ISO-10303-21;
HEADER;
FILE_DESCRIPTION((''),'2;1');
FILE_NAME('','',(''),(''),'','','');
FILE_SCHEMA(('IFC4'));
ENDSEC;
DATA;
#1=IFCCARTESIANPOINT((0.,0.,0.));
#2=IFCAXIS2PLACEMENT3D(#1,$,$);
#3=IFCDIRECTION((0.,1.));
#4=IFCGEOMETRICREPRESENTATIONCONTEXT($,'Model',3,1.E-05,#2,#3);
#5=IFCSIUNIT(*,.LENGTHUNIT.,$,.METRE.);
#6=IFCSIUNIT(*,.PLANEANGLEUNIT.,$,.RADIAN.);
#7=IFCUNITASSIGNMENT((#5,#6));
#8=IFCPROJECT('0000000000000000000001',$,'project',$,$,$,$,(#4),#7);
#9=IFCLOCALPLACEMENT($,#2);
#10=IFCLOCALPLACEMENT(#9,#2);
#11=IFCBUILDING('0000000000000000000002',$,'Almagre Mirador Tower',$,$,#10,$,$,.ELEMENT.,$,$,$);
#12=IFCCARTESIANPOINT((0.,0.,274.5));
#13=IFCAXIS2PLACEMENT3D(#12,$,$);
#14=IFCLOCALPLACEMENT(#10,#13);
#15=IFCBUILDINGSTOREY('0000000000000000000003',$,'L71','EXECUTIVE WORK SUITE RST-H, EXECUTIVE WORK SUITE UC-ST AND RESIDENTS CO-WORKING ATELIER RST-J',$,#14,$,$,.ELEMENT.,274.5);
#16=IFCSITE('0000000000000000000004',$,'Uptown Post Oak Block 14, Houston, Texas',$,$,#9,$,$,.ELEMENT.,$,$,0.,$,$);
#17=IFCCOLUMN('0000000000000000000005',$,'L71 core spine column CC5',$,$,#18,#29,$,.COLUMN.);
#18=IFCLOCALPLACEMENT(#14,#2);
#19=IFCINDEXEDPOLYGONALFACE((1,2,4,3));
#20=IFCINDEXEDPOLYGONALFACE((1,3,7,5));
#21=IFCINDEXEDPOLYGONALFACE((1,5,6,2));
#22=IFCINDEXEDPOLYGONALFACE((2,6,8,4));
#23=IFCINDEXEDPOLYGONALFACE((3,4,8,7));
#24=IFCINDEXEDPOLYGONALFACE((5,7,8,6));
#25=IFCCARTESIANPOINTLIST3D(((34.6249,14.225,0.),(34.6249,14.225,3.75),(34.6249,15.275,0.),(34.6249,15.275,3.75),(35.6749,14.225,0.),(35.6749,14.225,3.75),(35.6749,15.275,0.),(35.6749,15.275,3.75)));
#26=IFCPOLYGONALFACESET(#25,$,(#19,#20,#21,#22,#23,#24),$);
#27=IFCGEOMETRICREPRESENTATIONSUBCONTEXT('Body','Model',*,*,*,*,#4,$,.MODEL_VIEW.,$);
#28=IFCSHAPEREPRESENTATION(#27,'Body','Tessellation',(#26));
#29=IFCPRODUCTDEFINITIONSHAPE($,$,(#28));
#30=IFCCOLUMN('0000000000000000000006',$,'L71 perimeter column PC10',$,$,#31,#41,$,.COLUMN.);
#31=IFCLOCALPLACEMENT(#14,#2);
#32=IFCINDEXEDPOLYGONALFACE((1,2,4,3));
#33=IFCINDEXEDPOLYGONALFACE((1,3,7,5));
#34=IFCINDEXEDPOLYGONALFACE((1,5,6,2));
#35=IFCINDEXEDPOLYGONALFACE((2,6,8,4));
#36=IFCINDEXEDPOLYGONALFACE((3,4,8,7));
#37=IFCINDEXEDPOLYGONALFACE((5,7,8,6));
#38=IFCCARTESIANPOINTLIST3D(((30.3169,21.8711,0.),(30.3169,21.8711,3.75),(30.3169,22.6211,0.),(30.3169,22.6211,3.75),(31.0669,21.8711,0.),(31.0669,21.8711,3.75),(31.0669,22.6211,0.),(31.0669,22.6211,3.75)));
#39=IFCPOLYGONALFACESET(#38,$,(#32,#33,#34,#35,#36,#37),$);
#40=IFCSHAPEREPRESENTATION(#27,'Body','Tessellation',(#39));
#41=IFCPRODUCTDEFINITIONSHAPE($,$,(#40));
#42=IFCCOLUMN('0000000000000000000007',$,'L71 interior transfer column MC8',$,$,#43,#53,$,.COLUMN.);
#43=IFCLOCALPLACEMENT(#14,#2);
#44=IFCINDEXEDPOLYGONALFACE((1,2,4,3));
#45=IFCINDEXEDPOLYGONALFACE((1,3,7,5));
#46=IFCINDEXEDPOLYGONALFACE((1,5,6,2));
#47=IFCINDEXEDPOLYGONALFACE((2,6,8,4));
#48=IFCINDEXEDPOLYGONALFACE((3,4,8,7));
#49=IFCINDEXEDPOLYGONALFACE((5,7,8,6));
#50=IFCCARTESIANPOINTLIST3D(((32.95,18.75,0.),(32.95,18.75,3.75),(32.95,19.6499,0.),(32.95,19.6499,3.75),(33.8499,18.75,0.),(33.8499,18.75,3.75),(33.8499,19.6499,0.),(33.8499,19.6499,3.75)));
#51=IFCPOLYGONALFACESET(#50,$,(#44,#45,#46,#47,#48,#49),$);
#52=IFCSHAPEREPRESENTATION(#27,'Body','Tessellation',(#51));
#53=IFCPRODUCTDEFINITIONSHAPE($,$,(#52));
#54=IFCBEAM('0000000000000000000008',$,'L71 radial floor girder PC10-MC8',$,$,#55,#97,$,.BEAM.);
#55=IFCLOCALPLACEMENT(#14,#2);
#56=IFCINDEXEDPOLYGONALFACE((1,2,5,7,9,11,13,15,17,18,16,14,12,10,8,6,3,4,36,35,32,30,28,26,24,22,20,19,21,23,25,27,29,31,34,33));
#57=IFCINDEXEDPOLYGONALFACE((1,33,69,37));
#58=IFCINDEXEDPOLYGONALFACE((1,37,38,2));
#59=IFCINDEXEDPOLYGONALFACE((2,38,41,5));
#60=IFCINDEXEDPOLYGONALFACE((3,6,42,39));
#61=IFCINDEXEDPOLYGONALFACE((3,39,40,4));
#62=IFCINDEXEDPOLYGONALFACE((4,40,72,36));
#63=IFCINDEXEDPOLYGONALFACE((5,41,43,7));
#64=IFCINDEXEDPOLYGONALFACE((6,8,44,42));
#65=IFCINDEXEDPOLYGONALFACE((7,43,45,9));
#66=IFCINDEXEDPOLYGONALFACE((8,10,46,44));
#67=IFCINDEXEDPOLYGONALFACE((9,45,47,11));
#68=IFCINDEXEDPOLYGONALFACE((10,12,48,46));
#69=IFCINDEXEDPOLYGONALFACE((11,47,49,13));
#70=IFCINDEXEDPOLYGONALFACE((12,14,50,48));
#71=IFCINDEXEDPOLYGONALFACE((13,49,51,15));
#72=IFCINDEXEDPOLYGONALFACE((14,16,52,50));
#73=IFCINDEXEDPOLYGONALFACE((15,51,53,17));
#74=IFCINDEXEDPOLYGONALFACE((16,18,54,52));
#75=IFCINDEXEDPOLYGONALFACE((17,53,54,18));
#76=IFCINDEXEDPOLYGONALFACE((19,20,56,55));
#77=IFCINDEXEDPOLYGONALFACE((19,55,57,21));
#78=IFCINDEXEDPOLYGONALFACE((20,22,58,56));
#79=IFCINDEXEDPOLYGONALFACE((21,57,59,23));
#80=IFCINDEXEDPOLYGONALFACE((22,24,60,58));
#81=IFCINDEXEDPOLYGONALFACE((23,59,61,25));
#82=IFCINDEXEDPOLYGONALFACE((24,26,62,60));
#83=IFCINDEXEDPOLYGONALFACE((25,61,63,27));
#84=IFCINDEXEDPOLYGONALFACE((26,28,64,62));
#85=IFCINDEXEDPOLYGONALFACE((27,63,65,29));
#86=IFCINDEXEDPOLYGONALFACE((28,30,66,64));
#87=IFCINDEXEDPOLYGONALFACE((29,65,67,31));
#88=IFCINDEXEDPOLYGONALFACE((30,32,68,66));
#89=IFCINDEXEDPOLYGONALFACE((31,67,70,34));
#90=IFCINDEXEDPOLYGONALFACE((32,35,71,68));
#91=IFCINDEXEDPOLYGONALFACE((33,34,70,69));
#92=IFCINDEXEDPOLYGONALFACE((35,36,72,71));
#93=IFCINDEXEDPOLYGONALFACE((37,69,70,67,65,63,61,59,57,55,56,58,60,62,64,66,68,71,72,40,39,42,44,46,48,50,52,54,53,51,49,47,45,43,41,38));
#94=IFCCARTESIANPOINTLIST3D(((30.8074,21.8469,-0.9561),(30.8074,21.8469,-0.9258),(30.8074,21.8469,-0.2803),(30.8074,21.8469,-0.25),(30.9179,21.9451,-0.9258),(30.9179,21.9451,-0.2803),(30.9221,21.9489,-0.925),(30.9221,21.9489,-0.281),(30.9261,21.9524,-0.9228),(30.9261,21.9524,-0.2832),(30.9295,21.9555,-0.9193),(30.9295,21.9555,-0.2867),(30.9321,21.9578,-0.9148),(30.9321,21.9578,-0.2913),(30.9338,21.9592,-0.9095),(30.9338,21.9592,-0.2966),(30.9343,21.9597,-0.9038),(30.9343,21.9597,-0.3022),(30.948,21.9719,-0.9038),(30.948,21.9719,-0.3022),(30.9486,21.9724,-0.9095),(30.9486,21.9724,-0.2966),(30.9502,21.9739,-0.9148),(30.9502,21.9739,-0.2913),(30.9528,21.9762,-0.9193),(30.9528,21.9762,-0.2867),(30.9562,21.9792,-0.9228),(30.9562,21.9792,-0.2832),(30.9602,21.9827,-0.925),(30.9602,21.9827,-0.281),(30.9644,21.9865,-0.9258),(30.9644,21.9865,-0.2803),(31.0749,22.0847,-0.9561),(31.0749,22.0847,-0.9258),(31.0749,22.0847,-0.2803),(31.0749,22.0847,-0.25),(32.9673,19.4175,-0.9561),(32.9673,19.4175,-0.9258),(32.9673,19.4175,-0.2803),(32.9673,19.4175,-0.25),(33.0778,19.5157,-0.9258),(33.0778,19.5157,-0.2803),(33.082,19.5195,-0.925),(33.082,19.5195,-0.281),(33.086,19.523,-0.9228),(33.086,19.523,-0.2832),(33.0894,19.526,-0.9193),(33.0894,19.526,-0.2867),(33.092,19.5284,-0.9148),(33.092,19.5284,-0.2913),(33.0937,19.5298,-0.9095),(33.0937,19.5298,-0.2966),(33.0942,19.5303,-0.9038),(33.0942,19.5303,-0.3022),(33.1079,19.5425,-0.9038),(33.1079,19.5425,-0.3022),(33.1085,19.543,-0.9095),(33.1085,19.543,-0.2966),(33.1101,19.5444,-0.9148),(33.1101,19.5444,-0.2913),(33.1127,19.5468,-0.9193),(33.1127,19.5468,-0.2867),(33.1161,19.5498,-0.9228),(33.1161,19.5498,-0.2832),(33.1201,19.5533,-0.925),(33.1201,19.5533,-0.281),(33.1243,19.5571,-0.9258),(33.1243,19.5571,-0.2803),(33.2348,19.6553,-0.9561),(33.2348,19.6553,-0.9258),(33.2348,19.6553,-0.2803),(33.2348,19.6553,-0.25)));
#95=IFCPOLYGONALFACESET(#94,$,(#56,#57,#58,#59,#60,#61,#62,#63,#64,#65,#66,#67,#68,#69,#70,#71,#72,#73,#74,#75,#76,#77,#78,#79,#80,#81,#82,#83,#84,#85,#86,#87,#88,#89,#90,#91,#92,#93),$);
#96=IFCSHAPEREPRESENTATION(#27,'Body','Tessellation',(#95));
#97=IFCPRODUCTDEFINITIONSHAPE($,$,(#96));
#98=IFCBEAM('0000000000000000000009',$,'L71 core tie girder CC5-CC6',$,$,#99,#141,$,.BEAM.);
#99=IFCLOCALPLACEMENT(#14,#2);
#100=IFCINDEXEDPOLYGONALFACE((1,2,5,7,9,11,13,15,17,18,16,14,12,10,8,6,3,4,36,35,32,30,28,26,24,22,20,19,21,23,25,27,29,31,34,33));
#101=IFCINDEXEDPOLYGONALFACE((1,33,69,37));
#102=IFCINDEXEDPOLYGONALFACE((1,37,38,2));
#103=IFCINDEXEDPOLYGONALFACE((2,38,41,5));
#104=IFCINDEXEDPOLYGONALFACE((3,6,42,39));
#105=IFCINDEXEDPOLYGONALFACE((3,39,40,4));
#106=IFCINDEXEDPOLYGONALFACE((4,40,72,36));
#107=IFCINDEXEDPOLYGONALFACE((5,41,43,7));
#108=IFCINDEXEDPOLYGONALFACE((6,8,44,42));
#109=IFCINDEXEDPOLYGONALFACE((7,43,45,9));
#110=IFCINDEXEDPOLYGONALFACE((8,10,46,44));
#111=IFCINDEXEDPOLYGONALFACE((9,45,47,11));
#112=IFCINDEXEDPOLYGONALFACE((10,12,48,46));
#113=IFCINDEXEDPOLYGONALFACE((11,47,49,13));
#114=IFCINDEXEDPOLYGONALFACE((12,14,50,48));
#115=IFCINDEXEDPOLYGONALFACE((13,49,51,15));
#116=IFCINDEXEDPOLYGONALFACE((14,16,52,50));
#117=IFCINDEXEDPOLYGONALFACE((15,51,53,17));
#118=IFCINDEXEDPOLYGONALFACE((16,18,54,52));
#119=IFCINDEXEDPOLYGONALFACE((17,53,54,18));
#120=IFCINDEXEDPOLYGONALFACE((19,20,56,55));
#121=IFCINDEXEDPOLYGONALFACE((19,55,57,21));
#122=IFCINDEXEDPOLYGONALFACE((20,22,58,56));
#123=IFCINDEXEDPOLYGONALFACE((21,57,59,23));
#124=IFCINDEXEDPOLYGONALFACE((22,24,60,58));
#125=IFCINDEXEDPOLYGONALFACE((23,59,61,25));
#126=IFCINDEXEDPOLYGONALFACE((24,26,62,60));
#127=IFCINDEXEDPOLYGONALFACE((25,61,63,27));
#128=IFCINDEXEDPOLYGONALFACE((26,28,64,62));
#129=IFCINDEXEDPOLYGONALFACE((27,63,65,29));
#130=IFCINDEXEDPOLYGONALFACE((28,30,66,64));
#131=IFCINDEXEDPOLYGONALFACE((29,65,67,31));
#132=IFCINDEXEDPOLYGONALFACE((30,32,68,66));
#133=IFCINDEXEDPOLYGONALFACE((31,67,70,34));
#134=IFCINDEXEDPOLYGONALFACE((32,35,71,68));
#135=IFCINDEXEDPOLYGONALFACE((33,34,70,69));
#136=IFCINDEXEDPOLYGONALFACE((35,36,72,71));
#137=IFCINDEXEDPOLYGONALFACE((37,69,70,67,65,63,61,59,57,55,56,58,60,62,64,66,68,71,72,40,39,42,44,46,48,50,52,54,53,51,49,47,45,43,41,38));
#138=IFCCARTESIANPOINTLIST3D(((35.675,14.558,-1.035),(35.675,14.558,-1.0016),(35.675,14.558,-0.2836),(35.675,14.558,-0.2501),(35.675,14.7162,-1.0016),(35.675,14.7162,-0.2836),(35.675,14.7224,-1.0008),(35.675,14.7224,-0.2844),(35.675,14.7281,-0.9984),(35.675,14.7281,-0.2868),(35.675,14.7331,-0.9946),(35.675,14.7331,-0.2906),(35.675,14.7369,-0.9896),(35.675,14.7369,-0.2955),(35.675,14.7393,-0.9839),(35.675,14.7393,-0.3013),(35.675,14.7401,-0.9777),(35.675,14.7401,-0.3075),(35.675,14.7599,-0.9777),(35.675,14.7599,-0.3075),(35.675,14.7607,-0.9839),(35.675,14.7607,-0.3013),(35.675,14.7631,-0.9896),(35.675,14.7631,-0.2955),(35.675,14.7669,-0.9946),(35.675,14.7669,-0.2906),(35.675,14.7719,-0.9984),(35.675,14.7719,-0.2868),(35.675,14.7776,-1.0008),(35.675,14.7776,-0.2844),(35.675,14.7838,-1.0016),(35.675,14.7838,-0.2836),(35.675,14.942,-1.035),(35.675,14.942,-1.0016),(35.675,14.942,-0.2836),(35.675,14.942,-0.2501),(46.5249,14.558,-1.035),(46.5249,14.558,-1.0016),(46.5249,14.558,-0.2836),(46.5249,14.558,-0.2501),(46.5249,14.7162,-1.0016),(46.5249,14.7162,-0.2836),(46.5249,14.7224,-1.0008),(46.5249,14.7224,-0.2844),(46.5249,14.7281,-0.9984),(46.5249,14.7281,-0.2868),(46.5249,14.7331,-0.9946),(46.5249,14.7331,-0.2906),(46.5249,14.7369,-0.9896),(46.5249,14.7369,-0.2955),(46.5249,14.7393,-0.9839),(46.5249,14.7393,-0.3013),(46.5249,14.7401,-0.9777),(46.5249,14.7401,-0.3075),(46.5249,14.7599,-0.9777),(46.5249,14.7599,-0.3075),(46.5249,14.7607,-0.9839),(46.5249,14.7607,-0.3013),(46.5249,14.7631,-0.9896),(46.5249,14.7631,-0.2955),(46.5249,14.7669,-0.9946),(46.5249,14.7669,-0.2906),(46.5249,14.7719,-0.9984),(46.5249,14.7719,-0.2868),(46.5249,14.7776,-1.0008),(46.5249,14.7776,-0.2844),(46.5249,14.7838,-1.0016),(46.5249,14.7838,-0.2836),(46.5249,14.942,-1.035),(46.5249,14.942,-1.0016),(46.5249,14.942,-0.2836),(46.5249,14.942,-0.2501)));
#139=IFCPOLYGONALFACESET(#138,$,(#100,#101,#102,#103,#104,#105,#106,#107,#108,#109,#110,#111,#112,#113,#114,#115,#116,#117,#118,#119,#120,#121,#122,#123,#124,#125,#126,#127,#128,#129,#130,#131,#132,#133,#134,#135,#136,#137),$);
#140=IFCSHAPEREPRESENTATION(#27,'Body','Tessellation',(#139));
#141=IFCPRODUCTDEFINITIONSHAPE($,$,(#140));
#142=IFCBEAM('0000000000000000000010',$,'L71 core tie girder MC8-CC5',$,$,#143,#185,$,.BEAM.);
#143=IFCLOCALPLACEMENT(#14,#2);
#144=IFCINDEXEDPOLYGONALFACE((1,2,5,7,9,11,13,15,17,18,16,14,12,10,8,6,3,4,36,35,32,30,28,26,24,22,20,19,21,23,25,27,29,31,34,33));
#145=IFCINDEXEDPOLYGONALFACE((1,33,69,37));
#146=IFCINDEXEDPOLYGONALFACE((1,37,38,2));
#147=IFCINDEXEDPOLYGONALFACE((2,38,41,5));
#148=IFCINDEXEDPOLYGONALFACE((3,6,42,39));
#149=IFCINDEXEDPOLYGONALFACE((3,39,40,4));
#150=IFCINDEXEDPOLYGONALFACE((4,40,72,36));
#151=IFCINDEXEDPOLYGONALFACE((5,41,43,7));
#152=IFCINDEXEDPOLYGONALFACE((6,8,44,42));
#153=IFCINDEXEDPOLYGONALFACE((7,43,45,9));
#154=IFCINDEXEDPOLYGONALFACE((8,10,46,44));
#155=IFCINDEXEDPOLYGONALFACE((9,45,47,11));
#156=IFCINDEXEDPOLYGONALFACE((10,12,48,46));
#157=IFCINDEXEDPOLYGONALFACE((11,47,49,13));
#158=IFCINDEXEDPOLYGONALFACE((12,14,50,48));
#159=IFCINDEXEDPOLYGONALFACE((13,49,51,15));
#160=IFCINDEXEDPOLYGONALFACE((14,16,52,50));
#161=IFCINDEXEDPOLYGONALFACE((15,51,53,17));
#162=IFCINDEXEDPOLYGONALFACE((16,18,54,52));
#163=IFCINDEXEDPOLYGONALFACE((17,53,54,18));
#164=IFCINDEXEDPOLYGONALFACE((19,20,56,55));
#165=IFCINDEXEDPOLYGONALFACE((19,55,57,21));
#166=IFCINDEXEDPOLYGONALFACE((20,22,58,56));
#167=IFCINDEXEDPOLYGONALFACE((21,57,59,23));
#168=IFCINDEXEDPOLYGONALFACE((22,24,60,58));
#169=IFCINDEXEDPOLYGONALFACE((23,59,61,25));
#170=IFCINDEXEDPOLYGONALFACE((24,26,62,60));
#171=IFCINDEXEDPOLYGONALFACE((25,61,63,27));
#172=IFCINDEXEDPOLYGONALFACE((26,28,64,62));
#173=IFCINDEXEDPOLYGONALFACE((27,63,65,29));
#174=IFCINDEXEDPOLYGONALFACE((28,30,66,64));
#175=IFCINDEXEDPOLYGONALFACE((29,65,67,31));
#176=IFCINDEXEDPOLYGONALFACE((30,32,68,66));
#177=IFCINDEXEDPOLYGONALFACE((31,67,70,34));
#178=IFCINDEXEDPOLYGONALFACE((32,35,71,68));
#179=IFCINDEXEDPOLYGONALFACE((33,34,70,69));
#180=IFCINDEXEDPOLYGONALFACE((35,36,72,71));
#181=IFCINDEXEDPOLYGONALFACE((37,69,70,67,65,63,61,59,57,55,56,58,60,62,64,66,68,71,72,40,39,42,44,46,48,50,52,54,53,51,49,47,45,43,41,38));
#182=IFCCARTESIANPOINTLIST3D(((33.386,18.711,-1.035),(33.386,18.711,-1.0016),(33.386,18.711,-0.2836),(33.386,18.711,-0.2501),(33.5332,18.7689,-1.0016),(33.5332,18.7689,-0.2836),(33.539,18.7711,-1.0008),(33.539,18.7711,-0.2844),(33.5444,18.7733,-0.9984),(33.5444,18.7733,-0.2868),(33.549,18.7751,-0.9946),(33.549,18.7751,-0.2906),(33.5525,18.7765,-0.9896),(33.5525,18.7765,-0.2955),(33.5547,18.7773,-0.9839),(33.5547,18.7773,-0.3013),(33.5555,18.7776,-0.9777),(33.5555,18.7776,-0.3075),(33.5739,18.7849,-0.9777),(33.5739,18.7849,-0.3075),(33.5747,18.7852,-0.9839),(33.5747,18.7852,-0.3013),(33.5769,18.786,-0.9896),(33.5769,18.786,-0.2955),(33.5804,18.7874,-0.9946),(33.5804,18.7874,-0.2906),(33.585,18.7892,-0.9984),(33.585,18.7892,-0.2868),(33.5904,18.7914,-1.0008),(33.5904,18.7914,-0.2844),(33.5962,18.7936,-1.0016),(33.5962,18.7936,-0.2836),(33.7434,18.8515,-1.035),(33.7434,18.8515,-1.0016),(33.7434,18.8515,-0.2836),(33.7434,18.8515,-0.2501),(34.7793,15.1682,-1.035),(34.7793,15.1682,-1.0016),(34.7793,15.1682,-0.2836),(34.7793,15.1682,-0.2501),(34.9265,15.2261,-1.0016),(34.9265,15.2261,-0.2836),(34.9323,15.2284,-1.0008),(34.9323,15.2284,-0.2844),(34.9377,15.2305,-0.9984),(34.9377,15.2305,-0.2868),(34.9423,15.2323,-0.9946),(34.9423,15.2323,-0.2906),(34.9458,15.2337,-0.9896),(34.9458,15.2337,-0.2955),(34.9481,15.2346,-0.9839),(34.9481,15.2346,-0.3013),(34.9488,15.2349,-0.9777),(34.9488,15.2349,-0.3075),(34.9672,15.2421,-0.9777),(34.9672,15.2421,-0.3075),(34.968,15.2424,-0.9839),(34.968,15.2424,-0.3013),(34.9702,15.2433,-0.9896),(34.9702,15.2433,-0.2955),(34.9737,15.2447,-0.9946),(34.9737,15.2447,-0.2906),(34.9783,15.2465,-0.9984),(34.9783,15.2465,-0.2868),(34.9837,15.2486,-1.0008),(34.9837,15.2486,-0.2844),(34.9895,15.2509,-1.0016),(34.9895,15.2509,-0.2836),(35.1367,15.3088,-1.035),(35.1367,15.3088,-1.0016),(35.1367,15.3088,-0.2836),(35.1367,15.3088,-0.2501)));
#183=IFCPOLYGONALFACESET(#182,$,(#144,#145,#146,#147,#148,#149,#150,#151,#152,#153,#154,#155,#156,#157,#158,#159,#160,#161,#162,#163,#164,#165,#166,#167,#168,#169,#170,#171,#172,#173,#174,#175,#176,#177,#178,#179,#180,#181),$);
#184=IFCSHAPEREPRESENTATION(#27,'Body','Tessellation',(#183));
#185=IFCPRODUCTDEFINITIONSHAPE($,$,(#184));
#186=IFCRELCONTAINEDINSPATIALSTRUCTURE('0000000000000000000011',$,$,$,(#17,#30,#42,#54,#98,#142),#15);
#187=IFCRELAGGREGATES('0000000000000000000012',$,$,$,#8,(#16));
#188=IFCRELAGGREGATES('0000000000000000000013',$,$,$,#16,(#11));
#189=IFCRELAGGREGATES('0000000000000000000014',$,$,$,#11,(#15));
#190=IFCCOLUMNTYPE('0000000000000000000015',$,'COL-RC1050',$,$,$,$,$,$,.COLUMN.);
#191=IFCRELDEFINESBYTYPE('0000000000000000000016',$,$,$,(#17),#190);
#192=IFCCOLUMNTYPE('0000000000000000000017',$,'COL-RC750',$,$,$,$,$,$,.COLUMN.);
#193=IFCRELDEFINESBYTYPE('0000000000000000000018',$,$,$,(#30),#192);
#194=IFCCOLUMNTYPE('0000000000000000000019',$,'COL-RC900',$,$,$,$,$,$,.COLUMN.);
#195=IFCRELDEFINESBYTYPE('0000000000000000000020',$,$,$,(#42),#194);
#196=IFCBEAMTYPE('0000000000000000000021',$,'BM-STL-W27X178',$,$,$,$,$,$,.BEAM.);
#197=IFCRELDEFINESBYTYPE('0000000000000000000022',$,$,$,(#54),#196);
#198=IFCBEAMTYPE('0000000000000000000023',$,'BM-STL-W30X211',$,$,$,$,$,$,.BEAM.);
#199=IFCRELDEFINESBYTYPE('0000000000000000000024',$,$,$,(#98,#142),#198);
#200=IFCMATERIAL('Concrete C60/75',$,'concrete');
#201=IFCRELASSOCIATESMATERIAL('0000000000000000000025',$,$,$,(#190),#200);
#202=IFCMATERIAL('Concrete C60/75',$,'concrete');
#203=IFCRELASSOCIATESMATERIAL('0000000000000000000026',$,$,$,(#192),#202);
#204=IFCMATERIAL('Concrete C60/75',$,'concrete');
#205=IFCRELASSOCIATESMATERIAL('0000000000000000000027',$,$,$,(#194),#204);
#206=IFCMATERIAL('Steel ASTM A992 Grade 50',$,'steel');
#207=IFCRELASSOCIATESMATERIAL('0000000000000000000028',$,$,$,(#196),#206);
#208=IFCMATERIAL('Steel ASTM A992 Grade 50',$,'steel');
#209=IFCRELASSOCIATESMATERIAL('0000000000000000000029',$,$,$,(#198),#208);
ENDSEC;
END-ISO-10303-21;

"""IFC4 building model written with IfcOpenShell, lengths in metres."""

from ifc_helpers import new_model, si_unit, direction, frame, origin, origin_2d, place, context, subcontext, project, spatial, rectangle, i_section, extrude, material, material_profile, profile_set, type_object, element, save


model = new_model("IFC4")

# Units and contexts
model_context = context("Model", 3, precision=1e-05, world=origin(), true_north=direction((0.0, 1.0)))
body_context = subcontext(model_context, "Body", "Model", "MODEL_VIEW")
ifc_project = project(units=[si_unit("LENGTHUNIT", "METRE"), si_unit("PLANEANGLEUNIT", "RADIAN")], contexts=[model_context])

# Site, building, storey
site_placement = place(None, origin())
site = spatial("IfcSite", under=ifc_project, at=site_placement, Name="Uptown Post Oak Block 14, Houston, Texas", CompositionType="ELEMENT", RefElevation=0.0)
building_placement = place(site_placement, origin())
building = spatial("IfcBuilding", under=site, at=building_placement, Name="Almagre Mirador Tower", CompositionType="ELEMENT")
storey_placement = place(building_placement, frame((0.0, 0.0, 274.5)))
storey = spatial("IfcBuildingStorey", under=building, at=storey_placement, Name="L71", Description="EXECUTIVE WORK SUITE RST-H, EXECUTIVE WORK SUITE UC-ST AND RESIDENTS CO-WORKING ATELIER RST-J", CompositionType="ELEMENT", Elevation=274.5)

# Columns
ifc_material_1 = material(Name="Concrete C60/75", Category="concrete")
ifc_material_profile_1 = material_profile(ifc_material_1, rectangle(XDim=1.05, YDim=1.05, at=origin_2d()), Name="RC1050X1050")
ifc_profile_set_1 = profile_set([ifc_material_profile_1], Name="Concrete C60/75")
column_type_1 = type_object("IfcColumnType", Name="COL-RC1050", PredefinedType="COLUMN", material=ifc_profile_set_1)
column_1_placement = place(storey_placement, frame((35.1499, 14.75, 0.0), z_axis=(0.0, 0.0, 1.0), x_axis=(1.0, 0.0, 0.0)))
element("IfcColumn", 1, at=column_1_placement, inside=storey, type_object=column_type_1, Name="L71 core spine column CC5", PredefinedType="COLUMN", context=body_context, shape_type="SweptSolid", body=[
    extrude(rectangle(XDim=1.05, YDim=1.05, at=origin_2d()), origin(), (0.0, 0.0, 1.0), 3.75),
])
ifc_material_2 = material(Name="Concrete C60/75", Category="concrete")
ifc_material_profile_2 = material_profile(ifc_material_2, rectangle(XDim=0.75, YDim=0.75, at=origin_2d()), Name="RC750X750")
ifc_profile_set_2 = profile_set([ifc_material_profile_2], Name="Concrete C60/75")
column_type_2 = type_object("IfcColumnType", Name="COL-RC750", PredefinedType="COLUMN", material=ifc_profile_set_2)
column_2_placement = place(storey_placement, frame((30.6919, 22.2461, 0.0), z_axis=(0.0, 0.0, 1.0), x_axis=(1.0, 0.0, 0.0)))
element("IfcColumn", 2, at=column_2_placement, inside=storey, type_object=column_type_2, Name="L71 perimeter column PC10", PredefinedType="COLUMN", context=body_context, shape_type="SweptSolid", body=[
    extrude(rectangle(XDim=0.75, YDim=0.75, at=origin_2d()), origin(), (0.0, 0.0, 1.0), 3.75),
])
ifc_material_3 = material(Name="Concrete C60/75", Category="concrete")
ifc_material_profile_3 = material_profile(ifc_material_3, rectangle(XDim=0.8999, YDim=0.8999, at=origin_2d()), Name="RC900X900")
ifc_profile_set_3 = profile_set([ifc_material_profile_3], Name="Concrete C60/75")
column_type_3 = type_object("IfcColumnType", Name="COL-RC900", PredefinedType="COLUMN", material=ifc_profile_set_3)
column_3_placement = place(storey_placement, frame((33.3999, 19.2, 0.0), z_axis=(0.0, 0.0, 1.0), x_axis=(1.0, 0.0, 0.0)))
element("IfcColumn", 3, at=column_3_placement, inside=storey, type_object=column_type_3, Name="L71 interior transfer column MC8", PredefinedType="COLUMN", context=body_context, shape_type="SweptSolid", body=[
    extrude(rectangle(XDim=0.8999, YDim=0.8999, at=origin_2d()), origin(), (0.0, 0.0, 1.0), 3.75),
])

# Beams
ifc_material_4 = material(Name="Steel ASTM A992 Grade 50", Category="steel")
ifc_material_profile_4 = material_profile(ifc_material_4, i_section(OverallWidth=0.3579, OverallDepth=0.7061, WebThickness=0.0183, FlangeThickness=0.0303, FilletRadius=0.022, at=origin_2d()), Name="W27X178")
ifc_profile_set_4 = profile_set([ifc_material_profile_4], Name="Steel ASTM A992 Grade 50")
beam_type_1 = type_object("IfcBeamType", Name="BM-STL-W27X178", PredefinedType="BEAM", material=ifc_profile_set_4)
beam_1_placement = place(storey_placement, frame((30.9412, 21.9658, -0.603), z_axis=(0.664434, -0.747347, 0.0), x_axis=(0.747347, 0.664434, 0.0)))
element("IfcBeam", 4, at=beam_1_placement, inside=storey, type_object=beam_type_1, Name="L71 radial floor girder PC10-MC8", PredefinedType="BEAM", context=body_context, shape_type="SweptSolid", body=[
    extrude(i_section(OverallWidth=0.3579, OverallDepth=0.7061, WebThickness=0.0183, FlangeThickness=0.0303, FilletRadius=0.022, at=origin_2d()), origin(), (0.0, 0.0, 1.0), 3.2507),
])
ifc_material_5 = material(Name="Steel ASTM A992 Grade 50", Category="steel")
ifc_material_profile_5 = material_profile(ifc_material_5, i_section(OverallWidth=0.384, OverallDepth=0.7849, WebThickness=0.0198, FlangeThickness=0.0334, FilletRadius=0.0239, at=origin_2d()), Name="W30X211")
ifc_profile_set_5 = profile_set([ifc_material_profile_5], Name="Steel ASTM A992 Grade 50")
beam_type_2 = type_object("IfcBeamType", Name="BM-STL-W30X211", PredefinedType="BEAM", material=ifc_profile_set_5)
beam_2_placement = place(storey_placement, frame((35.675, 14.75, -0.6426), z_axis=(1.0, 0.0, 0.0), x_axis=(0.0, 1.0, 0.0)))
element("IfcBeam", 5, at=beam_2_placement, inside=storey, type_object=beam_type_2, Name="L71 core tie girder CC5-CC6", PredefinedType="BEAM", context=body_context, shape_type="SweptSolid", body=[
    extrude(i_section(OverallWidth=0.384, OverallDepth=0.7849, WebThickness=0.0198, FlangeThickness=0.0334, FilletRadius=0.0239, at=origin_2d()), origin(), (0.0, 0.0, 1.0), 10.8499),
])
beam_3_placement = place(storey_placement, frame((33.5647, 18.7812, -0.6426), z_axis=(0.366, -0.930615, 0.0), x_axis=(0.930615, 0.366, 0.0)))
element("IfcBeam", 6, at=beam_3_placement, inside=storey, type_object=beam_type_2, Name="L71 core tie girder MC8-CC5", PredefinedType="BEAM", context=body_context, shape_type="SweptSolid", body=[
    extrude(i_section(OverallWidth=0.384, OverallDepth=0.7849, WebThickness=0.0198, FlangeThickness=0.0334, FilletRadius=0.0239, at=origin_2d()), origin(), (0.0, 0.0, 1.0), 3.8069),
])

save(model, "model.ifc")
